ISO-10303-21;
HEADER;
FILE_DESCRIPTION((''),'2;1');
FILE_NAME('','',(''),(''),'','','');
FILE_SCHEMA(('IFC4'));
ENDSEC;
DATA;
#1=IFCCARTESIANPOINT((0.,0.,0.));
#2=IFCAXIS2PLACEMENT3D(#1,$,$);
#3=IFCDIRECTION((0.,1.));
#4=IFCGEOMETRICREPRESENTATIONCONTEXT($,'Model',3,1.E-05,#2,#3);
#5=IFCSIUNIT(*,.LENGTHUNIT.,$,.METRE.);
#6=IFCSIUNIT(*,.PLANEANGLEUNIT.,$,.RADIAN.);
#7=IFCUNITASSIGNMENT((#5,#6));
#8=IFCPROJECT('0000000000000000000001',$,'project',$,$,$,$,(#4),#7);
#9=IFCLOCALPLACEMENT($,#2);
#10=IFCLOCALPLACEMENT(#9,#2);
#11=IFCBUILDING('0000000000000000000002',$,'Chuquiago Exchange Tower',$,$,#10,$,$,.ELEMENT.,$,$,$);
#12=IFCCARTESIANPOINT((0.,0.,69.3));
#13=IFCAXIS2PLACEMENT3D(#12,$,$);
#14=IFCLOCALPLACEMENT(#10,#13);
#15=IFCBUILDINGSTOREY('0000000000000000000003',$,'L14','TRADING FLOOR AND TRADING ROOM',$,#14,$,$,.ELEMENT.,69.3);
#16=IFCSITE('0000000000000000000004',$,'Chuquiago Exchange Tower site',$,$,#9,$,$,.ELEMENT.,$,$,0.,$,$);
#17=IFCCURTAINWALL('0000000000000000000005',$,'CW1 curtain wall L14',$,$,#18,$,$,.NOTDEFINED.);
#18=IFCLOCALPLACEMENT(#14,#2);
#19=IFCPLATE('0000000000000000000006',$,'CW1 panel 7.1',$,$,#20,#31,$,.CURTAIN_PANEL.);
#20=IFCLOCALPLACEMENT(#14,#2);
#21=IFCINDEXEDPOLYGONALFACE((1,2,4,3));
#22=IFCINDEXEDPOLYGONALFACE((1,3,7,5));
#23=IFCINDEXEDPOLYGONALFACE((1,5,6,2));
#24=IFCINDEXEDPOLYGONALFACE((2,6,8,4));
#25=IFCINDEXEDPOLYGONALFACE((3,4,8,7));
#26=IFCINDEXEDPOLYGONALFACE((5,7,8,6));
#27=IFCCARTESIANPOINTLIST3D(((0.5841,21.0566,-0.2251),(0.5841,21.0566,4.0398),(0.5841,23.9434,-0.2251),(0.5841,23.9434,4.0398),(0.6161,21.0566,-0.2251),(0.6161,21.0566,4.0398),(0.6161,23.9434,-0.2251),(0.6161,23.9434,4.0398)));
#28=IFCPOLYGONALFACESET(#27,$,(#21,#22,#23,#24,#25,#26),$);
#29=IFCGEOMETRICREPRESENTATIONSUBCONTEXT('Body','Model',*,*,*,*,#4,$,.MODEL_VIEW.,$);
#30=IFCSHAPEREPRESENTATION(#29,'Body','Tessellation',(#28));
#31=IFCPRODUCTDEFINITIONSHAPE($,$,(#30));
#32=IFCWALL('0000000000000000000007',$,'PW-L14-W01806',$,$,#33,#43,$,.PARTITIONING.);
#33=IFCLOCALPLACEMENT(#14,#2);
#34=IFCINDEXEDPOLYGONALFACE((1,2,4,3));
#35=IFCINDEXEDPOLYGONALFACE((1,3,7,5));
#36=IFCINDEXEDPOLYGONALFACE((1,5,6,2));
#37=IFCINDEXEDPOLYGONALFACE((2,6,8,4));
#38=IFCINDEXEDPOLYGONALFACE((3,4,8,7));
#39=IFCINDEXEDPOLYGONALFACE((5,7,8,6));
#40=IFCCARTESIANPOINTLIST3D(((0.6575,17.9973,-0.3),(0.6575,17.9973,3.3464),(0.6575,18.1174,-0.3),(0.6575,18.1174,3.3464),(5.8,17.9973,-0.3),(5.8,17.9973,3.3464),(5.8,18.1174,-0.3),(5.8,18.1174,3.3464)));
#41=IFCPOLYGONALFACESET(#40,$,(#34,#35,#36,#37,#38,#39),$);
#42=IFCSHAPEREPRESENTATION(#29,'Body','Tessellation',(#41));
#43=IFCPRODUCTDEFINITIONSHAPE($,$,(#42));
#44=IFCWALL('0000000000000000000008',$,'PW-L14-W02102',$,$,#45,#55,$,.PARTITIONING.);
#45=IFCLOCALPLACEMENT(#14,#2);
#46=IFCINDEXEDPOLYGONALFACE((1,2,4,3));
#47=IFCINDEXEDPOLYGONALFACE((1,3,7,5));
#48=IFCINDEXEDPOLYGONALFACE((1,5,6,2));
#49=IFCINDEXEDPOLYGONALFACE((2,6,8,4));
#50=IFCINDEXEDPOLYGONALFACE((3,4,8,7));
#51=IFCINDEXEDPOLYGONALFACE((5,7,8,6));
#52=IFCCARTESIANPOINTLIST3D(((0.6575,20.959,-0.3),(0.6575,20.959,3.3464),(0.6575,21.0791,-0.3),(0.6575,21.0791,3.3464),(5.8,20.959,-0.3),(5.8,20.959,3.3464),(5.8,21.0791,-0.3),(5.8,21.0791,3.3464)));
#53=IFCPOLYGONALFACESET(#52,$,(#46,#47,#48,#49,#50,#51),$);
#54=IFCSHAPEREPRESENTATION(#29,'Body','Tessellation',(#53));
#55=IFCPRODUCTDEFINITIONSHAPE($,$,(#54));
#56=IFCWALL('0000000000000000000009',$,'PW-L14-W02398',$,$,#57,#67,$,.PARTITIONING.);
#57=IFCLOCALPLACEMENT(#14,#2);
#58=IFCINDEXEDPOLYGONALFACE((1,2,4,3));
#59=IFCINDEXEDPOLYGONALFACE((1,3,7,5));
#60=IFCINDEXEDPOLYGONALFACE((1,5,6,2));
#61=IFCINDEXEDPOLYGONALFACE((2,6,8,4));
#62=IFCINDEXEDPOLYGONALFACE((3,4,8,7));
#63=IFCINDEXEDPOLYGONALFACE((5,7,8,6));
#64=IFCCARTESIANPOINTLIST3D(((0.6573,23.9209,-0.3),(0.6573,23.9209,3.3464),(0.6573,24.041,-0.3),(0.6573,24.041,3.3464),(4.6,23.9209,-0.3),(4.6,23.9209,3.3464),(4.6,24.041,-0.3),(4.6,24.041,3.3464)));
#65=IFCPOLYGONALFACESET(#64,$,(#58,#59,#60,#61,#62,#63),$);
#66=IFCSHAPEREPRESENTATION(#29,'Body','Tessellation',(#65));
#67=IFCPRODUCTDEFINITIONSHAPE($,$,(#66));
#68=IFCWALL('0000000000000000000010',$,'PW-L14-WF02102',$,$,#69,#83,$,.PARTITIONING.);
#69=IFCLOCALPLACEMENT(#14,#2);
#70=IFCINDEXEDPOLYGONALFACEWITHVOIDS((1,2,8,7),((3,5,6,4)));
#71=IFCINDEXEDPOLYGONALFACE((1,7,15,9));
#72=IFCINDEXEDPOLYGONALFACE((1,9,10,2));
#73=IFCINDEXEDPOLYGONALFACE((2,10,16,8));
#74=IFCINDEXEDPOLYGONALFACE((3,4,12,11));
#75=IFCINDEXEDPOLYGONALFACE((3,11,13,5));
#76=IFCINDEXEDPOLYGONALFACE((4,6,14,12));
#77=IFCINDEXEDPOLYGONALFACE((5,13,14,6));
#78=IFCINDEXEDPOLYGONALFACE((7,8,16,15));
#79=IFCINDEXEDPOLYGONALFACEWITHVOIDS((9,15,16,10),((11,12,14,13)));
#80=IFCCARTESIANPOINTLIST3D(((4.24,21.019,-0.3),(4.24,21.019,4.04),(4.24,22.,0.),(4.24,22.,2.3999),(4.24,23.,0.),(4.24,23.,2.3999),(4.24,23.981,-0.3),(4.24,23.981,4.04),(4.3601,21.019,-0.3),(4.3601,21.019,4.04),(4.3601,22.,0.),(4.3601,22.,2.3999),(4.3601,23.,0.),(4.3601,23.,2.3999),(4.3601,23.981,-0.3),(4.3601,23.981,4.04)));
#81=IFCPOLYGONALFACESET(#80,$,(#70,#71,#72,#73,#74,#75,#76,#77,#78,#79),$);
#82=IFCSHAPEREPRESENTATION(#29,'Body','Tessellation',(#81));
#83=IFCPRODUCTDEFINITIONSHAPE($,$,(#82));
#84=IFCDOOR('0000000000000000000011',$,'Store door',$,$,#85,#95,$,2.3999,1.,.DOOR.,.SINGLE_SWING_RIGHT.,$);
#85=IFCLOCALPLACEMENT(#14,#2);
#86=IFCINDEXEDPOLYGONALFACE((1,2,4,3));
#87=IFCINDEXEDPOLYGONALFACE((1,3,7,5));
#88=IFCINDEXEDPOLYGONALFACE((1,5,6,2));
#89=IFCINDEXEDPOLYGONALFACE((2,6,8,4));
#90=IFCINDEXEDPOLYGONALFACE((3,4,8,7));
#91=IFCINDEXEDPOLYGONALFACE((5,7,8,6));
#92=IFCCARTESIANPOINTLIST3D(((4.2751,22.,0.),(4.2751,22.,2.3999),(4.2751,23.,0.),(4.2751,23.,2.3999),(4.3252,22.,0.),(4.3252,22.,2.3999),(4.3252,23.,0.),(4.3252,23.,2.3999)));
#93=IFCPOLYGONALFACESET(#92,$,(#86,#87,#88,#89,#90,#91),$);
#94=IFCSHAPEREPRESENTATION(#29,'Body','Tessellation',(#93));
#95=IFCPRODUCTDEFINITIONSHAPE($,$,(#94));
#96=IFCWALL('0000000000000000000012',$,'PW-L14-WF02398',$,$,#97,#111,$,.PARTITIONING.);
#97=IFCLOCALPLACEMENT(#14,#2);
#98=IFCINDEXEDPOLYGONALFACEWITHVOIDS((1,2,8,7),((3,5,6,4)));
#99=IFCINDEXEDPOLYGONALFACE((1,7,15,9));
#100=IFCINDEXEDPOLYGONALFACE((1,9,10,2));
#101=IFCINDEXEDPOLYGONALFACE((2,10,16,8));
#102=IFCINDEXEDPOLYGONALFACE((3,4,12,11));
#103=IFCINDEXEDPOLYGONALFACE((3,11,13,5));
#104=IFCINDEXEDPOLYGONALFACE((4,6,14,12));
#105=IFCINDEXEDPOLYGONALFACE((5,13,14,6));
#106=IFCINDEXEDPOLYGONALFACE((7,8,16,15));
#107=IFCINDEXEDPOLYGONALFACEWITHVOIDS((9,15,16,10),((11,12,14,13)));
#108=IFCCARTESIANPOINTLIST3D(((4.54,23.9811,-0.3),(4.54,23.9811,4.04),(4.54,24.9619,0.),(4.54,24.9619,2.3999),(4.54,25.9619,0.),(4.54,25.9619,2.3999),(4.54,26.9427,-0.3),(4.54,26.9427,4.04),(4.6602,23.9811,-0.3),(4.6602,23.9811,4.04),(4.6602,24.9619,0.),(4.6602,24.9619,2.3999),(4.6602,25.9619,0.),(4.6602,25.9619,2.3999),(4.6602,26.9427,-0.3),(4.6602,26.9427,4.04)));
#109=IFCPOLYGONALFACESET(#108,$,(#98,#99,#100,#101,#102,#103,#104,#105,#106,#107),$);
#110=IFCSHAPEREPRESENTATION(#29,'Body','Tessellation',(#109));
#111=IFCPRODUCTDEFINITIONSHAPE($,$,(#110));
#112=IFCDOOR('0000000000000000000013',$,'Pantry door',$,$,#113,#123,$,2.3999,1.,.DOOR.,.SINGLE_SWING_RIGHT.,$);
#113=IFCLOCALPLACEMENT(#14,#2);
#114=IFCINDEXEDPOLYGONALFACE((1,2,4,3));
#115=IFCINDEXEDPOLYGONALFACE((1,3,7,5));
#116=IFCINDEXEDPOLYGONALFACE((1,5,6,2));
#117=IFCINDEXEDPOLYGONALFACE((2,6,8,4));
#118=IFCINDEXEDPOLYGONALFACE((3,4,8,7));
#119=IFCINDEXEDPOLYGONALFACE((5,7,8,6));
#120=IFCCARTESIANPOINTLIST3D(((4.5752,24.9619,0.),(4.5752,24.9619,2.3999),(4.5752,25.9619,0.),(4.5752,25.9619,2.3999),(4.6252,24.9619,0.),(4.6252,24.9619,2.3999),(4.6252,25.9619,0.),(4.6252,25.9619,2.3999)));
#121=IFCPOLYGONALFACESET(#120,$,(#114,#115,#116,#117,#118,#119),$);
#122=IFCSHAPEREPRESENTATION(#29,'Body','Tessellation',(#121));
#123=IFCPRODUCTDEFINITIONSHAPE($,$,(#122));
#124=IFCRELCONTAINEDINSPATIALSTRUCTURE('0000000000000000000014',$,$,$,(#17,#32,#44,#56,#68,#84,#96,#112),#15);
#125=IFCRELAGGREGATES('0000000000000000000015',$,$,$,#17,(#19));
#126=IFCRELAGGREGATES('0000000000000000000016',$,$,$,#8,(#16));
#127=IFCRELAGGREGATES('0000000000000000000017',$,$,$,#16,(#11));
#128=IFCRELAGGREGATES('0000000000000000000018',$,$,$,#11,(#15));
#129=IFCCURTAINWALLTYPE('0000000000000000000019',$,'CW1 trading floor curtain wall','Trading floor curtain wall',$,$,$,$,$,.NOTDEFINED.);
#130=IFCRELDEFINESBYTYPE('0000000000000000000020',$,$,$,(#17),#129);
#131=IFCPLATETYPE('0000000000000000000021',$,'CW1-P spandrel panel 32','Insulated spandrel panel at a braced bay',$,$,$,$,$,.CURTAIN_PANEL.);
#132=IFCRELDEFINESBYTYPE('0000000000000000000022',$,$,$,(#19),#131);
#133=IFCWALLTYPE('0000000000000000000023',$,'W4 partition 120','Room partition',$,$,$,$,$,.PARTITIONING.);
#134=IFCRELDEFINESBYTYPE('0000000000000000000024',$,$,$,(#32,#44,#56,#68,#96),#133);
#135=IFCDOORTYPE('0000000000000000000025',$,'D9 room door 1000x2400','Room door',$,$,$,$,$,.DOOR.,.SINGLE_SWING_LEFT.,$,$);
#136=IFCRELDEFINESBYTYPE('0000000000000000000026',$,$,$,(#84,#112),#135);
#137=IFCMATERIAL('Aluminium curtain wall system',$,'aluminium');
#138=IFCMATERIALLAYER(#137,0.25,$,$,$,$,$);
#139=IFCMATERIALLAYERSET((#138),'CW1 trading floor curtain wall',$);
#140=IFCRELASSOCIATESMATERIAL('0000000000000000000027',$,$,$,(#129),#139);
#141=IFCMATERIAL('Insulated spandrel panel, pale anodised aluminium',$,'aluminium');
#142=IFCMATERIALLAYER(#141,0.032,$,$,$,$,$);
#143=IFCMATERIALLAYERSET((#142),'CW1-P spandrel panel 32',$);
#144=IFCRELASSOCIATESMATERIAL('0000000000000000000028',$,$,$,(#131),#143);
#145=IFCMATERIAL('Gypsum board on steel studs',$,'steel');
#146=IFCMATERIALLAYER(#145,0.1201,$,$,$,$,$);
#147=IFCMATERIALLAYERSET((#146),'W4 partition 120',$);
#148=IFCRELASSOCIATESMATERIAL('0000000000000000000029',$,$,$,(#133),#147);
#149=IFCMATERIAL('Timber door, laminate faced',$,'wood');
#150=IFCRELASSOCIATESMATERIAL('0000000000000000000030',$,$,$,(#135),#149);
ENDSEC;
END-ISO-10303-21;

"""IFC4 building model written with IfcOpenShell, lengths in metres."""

from ifc_helpers import new_model, si_unit, direction, frame, frame_2d, origin, origin_2d, place, context, subcontext, project, spatial, rectangle, extrude, material, layer, layer_set, type_object, element, fill, aggregate, save


model = new_model("IFC4")

# Units and contexts
model_context = context("Model", 3, precision=1e-05, world=origin(), true_north=direction((0.0, 1.0)))
body_context = subcontext(model_context, "Body", "Model", "MODEL_VIEW")
ifc_project = project(units=[si_unit("LENGTHUNIT", "METRE"), si_unit("PLANEANGLEUNIT", "RADIAN")], contexts=[model_context])

# Site, building, storey
site_placement = place(None, origin())
site = spatial("IfcSite", under=ifc_project, at=site_placement, Name="Chuquiago Exchange Tower site", CompositionType="ELEMENT", RefElevation=0.0)
building_placement = place(site_placement, origin())
building = spatial("IfcBuilding", under=site, at=building_placement, Name="Chuquiago Exchange Tower", CompositionType="ELEMENT")
storey_placement = place(building_placement, frame((0.0, 0.0, 69.3)))
storey = spatial("IfcBuildingStorey", under=building, at=storey_placement, Name="L14", Description="TRADING FLOOR AND TRADING ROOM", CompositionType="ELEMENT", Elevation=69.3)

# Curtain wall
ifc_material_1 = material(Name="Aluminium curtain wall system", Category="aluminium")
ifc_layer_1 = layer(ifc_material_1, 0.25)
ifc_layer_set_1 = layer_set([ifc_layer_1], Name="CW1 trading floor curtain wall")
curtain_wall_type = type_object("IfcCurtainWallType", Name="CW1 trading floor curtain wall", Description="Trading floor curtain wall", PredefinedType="NOTDEFINED", material=ifc_layer_set_1)
curtain_wall_placement = place(storey_placement, origin())
curtain_wall = element("IfcCurtainWall", 1, at=curtain_wall_placement, inside=storey, type_object=curtain_wall_type, Name="CW1 curtain wall L14", PredefinedType="NOTDEFINED")

# Plate
ifc_material_2 = material(Name="Insulated spandrel panel, pale anodised aluminium", Category="aluminium")
ifc_layer_2 = layer(ifc_material_2, 0.032)
ifc_layer_set_2 = layer_set([ifc_layer_2], Name="CW1-P spandrel panel 32")
plate_type_1 = type_object("IfcPlateType", Name="CW1-P spandrel panel 32", Description="Insulated spandrel panel at a braced bay", PredefinedType="CURTAIN_PANEL", material=ifc_layer_set_2)
plate_1_placement = place(storey_placement, frame((0.6001, 22.5, -0.2251), z_axis=(0.0, 0.0, 1.0), x_axis=(0.0, -1.0, 0.0)))
plate_1 = element("IfcPlate", 2, at=plate_1_placement, type_object=plate_type_1, Name="CW1 panel 7.1", PredefinedType="CURTAIN_PANEL", context=body_context, shape_type="SweptSolid", body=[
    extrude(rectangle(XDim=2.8867, YDim=0.032, at=origin_2d()), origin(), (0.0, 0.0, 1.0), 4.2649),
])
aggregate(curtain_wall, [plate_1])

# Walls
ifc_material_3 = material(Name="Gypsum board on steel studs", Category="steel")
ifc_layer_3 = layer(ifc_material_3, 0.1201)
ifc_layer_set_3 = layer_set([ifc_layer_3], Name="W4 partition 120")
wall_type = type_object("IfcWallType", Name="W4 partition 120", Description="Room partition", PredefinedType="PARTITIONING", material=ifc_layer_set_3)
for number, where, z_axis, x_axis, name in (
    (3, (0.6575, 18.0574, -0.3), (0.0, 0.0, 1.0), (1.0, 0.0, 0.0), "PW-L14-W01806"),
    (4, (0.6575, 21.019, -0.3), (0.0, 0.0, 1.0), (1.0, 0.0, 0.0), "PW-L14-W02102"),
):
    element("IfcWall", number, at=place(storey_placement, frame(where, z_axis=z_axis, x_axis=x_axis)), inside=storey, type_object=wall_type, Name=name, PredefinedType="PARTITIONING", context=body_context, shape_type="SweptSolid", body=[
        extrude(rectangle(XDim=5.1426, YDim=0.1201, at=frame_2d((2.5713, 0.0))), origin(), (0.0, 0.0, 1.0), 3.6465),
    ])
wall_1_placement = place(storey_placement, frame((0.6575, 23.981, -0.3), z_axis=(0.0, 0.0, 1.0), x_axis=(1.0, 0.0, 0.0)))
element("IfcWall", 5, at=wall_1_placement, inside=storey, type_object=wall_type, Name="PW-L14-W02398", PredefinedType="PARTITIONING", context=body_context, shape_type="SweptSolid", body=[
    extrude(rectangle(XDim=3.9426, YDim=0.1201, at=frame_2d((1.9712, 0.0))), origin(), (0.0, 0.0, 1.0), 3.6465),
])

# Walls, openings, doors
wall_2_placement = place(storey_placement, frame((4.3, 21.019, -0.3), z_axis=(0.0, 0.0, 1.0), x_axis=(0.0, 1.0, 0.0)))
wall_2 = element("IfcWall", 6, at=wall_2_placement, inside=storey, type_object=wall_type, Name="PW-L14-WF02102", PredefinedType="PARTITIONING", context=body_context, shape_type="SweptSolid", body=[
    extrude(rectangle(XDim=2.9619, YDim=0.1201, at=frame_2d((1.481, 0.0))), origin(), (0.0, 0.0, 1.0), 4.3401),
])
opening_1_placement = place(wall_2_placement, frame((0.981, 0.0, 0.3)))
opening_1 = element("IfcOpeningElement", 7, at=opening_1_placement, cuts=wall_2, PredefinedType="OPENING", context=body_context, shape_type="SweptSolid", body=[
    extrude(rectangle(XDim=1.0, YDim=2.3999, at=frame_2d((0.5, 1.2))), frame((0.0, 0.0701, 0.0), z_axis=(0.0, -1.0, 0.0), x_axis=(1.0, 0.0, 0.0)), (0.0, 0.0, 1.0), 0.1401),
])
ifc_material_4 = material(Name="Timber door, laminate faced", Category="wood")
door_type = type_object("IfcDoorType", Name="D9 room door 1000x2400", Description="Room door", OperationType="SINGLE_SWING_LEFT", PredefinedType="DOOR", material=ifc_material_4)
door_1_placement = place(opening_1_placement, origin())
door_1 = element("IfcDoor", 8, at=door_1_placement, inside=storey, type_object=door_type, Name="Store door", OperationType="SINGLE_SWING_RIGHT", OverallHeight=2.3999, OverallWidth=1.0, PredefinedType="DOOR", context=body_context, shape_type="SweptSolid", body=[
    extrude(rectangle(XDim=1.0, YDim=2.3999, at=frame_2d((0.5, 1.2))), frame((0.0, 0.0249, 0.0), z_axis=(0.0, -1.0, 0.0), x_axis=(1.0, 0.0, 0.0)), (0.0, 0.0, 1.0), 0.05),
])
fill(opening_1, door_1)
wall_3_placement = place(storey_placement, frame((4.6001, 23.981, -0.3), z_axis=(0.0, 0.0, 1.0), x_axis=(0.0, 1.0, 0.0)))
wall_3 = element("IfcWall", 9, at=wall_3_placement, inside=storey, type_object=wall_type, Name="PW-L14-WF02398", PredefinedType="PARTITIONING", context=body_context, shape_type="SweptSolid", body=[
    extrude(rectangle(XDim=2.9617, YDim=0.1201, at=frame_2d((1.481, 0.0))), origin(), (0.0, 0.0, 1.0), 4.3401),
])
opening_2_placement = place(wall_3_placement, frame((0.981, 0.0, 0.3)))
opening_2 = element("IfcOpeningElement", 10, at=opening_2_placement, cuts=wall_3, PredefinedType="OPENING", context=body_context, shape_type="SweptSolid", body=[
    extrude(rectangle(XDim=1.0, YDim=2.3999, at=frame_2d((0.5, 1.2))), frame((0.0, 0.0701, 0.0), z_axis=(0.0, -1.0, 0.0), x_axis=(1.0, 0.0, 0.0)), (0.0, 0.0, 1.0), 0.1401),
])
door_2_placement = place(opening_2_placement, origin())
door_2 = element("IfcDoor", 11, at=door_2_placement, inside=storey, type_object=door_type, Name="Pantry door", OperationType="SINGLE_SWING_RIGHT", OverallHeight=2.3999, OverallWidth=1.0, PredefinedType="DOOR", context=body_context, shape_type="SweptSolid", body=[
    extrude(rectangle(XDim=1.0, YDim=2.3999, at=frame_2d((0.5, 1.2))), frame((0.0, 0.0249, 0.0), z_axis=(0.0, -1.0, 0.0), x_axis=(1.0, 0.0, 0.0)), (0.0, 0.0, 1.0), 0.05),
])
fill(opening_2, door_2)

save(model, "model.ifc")
